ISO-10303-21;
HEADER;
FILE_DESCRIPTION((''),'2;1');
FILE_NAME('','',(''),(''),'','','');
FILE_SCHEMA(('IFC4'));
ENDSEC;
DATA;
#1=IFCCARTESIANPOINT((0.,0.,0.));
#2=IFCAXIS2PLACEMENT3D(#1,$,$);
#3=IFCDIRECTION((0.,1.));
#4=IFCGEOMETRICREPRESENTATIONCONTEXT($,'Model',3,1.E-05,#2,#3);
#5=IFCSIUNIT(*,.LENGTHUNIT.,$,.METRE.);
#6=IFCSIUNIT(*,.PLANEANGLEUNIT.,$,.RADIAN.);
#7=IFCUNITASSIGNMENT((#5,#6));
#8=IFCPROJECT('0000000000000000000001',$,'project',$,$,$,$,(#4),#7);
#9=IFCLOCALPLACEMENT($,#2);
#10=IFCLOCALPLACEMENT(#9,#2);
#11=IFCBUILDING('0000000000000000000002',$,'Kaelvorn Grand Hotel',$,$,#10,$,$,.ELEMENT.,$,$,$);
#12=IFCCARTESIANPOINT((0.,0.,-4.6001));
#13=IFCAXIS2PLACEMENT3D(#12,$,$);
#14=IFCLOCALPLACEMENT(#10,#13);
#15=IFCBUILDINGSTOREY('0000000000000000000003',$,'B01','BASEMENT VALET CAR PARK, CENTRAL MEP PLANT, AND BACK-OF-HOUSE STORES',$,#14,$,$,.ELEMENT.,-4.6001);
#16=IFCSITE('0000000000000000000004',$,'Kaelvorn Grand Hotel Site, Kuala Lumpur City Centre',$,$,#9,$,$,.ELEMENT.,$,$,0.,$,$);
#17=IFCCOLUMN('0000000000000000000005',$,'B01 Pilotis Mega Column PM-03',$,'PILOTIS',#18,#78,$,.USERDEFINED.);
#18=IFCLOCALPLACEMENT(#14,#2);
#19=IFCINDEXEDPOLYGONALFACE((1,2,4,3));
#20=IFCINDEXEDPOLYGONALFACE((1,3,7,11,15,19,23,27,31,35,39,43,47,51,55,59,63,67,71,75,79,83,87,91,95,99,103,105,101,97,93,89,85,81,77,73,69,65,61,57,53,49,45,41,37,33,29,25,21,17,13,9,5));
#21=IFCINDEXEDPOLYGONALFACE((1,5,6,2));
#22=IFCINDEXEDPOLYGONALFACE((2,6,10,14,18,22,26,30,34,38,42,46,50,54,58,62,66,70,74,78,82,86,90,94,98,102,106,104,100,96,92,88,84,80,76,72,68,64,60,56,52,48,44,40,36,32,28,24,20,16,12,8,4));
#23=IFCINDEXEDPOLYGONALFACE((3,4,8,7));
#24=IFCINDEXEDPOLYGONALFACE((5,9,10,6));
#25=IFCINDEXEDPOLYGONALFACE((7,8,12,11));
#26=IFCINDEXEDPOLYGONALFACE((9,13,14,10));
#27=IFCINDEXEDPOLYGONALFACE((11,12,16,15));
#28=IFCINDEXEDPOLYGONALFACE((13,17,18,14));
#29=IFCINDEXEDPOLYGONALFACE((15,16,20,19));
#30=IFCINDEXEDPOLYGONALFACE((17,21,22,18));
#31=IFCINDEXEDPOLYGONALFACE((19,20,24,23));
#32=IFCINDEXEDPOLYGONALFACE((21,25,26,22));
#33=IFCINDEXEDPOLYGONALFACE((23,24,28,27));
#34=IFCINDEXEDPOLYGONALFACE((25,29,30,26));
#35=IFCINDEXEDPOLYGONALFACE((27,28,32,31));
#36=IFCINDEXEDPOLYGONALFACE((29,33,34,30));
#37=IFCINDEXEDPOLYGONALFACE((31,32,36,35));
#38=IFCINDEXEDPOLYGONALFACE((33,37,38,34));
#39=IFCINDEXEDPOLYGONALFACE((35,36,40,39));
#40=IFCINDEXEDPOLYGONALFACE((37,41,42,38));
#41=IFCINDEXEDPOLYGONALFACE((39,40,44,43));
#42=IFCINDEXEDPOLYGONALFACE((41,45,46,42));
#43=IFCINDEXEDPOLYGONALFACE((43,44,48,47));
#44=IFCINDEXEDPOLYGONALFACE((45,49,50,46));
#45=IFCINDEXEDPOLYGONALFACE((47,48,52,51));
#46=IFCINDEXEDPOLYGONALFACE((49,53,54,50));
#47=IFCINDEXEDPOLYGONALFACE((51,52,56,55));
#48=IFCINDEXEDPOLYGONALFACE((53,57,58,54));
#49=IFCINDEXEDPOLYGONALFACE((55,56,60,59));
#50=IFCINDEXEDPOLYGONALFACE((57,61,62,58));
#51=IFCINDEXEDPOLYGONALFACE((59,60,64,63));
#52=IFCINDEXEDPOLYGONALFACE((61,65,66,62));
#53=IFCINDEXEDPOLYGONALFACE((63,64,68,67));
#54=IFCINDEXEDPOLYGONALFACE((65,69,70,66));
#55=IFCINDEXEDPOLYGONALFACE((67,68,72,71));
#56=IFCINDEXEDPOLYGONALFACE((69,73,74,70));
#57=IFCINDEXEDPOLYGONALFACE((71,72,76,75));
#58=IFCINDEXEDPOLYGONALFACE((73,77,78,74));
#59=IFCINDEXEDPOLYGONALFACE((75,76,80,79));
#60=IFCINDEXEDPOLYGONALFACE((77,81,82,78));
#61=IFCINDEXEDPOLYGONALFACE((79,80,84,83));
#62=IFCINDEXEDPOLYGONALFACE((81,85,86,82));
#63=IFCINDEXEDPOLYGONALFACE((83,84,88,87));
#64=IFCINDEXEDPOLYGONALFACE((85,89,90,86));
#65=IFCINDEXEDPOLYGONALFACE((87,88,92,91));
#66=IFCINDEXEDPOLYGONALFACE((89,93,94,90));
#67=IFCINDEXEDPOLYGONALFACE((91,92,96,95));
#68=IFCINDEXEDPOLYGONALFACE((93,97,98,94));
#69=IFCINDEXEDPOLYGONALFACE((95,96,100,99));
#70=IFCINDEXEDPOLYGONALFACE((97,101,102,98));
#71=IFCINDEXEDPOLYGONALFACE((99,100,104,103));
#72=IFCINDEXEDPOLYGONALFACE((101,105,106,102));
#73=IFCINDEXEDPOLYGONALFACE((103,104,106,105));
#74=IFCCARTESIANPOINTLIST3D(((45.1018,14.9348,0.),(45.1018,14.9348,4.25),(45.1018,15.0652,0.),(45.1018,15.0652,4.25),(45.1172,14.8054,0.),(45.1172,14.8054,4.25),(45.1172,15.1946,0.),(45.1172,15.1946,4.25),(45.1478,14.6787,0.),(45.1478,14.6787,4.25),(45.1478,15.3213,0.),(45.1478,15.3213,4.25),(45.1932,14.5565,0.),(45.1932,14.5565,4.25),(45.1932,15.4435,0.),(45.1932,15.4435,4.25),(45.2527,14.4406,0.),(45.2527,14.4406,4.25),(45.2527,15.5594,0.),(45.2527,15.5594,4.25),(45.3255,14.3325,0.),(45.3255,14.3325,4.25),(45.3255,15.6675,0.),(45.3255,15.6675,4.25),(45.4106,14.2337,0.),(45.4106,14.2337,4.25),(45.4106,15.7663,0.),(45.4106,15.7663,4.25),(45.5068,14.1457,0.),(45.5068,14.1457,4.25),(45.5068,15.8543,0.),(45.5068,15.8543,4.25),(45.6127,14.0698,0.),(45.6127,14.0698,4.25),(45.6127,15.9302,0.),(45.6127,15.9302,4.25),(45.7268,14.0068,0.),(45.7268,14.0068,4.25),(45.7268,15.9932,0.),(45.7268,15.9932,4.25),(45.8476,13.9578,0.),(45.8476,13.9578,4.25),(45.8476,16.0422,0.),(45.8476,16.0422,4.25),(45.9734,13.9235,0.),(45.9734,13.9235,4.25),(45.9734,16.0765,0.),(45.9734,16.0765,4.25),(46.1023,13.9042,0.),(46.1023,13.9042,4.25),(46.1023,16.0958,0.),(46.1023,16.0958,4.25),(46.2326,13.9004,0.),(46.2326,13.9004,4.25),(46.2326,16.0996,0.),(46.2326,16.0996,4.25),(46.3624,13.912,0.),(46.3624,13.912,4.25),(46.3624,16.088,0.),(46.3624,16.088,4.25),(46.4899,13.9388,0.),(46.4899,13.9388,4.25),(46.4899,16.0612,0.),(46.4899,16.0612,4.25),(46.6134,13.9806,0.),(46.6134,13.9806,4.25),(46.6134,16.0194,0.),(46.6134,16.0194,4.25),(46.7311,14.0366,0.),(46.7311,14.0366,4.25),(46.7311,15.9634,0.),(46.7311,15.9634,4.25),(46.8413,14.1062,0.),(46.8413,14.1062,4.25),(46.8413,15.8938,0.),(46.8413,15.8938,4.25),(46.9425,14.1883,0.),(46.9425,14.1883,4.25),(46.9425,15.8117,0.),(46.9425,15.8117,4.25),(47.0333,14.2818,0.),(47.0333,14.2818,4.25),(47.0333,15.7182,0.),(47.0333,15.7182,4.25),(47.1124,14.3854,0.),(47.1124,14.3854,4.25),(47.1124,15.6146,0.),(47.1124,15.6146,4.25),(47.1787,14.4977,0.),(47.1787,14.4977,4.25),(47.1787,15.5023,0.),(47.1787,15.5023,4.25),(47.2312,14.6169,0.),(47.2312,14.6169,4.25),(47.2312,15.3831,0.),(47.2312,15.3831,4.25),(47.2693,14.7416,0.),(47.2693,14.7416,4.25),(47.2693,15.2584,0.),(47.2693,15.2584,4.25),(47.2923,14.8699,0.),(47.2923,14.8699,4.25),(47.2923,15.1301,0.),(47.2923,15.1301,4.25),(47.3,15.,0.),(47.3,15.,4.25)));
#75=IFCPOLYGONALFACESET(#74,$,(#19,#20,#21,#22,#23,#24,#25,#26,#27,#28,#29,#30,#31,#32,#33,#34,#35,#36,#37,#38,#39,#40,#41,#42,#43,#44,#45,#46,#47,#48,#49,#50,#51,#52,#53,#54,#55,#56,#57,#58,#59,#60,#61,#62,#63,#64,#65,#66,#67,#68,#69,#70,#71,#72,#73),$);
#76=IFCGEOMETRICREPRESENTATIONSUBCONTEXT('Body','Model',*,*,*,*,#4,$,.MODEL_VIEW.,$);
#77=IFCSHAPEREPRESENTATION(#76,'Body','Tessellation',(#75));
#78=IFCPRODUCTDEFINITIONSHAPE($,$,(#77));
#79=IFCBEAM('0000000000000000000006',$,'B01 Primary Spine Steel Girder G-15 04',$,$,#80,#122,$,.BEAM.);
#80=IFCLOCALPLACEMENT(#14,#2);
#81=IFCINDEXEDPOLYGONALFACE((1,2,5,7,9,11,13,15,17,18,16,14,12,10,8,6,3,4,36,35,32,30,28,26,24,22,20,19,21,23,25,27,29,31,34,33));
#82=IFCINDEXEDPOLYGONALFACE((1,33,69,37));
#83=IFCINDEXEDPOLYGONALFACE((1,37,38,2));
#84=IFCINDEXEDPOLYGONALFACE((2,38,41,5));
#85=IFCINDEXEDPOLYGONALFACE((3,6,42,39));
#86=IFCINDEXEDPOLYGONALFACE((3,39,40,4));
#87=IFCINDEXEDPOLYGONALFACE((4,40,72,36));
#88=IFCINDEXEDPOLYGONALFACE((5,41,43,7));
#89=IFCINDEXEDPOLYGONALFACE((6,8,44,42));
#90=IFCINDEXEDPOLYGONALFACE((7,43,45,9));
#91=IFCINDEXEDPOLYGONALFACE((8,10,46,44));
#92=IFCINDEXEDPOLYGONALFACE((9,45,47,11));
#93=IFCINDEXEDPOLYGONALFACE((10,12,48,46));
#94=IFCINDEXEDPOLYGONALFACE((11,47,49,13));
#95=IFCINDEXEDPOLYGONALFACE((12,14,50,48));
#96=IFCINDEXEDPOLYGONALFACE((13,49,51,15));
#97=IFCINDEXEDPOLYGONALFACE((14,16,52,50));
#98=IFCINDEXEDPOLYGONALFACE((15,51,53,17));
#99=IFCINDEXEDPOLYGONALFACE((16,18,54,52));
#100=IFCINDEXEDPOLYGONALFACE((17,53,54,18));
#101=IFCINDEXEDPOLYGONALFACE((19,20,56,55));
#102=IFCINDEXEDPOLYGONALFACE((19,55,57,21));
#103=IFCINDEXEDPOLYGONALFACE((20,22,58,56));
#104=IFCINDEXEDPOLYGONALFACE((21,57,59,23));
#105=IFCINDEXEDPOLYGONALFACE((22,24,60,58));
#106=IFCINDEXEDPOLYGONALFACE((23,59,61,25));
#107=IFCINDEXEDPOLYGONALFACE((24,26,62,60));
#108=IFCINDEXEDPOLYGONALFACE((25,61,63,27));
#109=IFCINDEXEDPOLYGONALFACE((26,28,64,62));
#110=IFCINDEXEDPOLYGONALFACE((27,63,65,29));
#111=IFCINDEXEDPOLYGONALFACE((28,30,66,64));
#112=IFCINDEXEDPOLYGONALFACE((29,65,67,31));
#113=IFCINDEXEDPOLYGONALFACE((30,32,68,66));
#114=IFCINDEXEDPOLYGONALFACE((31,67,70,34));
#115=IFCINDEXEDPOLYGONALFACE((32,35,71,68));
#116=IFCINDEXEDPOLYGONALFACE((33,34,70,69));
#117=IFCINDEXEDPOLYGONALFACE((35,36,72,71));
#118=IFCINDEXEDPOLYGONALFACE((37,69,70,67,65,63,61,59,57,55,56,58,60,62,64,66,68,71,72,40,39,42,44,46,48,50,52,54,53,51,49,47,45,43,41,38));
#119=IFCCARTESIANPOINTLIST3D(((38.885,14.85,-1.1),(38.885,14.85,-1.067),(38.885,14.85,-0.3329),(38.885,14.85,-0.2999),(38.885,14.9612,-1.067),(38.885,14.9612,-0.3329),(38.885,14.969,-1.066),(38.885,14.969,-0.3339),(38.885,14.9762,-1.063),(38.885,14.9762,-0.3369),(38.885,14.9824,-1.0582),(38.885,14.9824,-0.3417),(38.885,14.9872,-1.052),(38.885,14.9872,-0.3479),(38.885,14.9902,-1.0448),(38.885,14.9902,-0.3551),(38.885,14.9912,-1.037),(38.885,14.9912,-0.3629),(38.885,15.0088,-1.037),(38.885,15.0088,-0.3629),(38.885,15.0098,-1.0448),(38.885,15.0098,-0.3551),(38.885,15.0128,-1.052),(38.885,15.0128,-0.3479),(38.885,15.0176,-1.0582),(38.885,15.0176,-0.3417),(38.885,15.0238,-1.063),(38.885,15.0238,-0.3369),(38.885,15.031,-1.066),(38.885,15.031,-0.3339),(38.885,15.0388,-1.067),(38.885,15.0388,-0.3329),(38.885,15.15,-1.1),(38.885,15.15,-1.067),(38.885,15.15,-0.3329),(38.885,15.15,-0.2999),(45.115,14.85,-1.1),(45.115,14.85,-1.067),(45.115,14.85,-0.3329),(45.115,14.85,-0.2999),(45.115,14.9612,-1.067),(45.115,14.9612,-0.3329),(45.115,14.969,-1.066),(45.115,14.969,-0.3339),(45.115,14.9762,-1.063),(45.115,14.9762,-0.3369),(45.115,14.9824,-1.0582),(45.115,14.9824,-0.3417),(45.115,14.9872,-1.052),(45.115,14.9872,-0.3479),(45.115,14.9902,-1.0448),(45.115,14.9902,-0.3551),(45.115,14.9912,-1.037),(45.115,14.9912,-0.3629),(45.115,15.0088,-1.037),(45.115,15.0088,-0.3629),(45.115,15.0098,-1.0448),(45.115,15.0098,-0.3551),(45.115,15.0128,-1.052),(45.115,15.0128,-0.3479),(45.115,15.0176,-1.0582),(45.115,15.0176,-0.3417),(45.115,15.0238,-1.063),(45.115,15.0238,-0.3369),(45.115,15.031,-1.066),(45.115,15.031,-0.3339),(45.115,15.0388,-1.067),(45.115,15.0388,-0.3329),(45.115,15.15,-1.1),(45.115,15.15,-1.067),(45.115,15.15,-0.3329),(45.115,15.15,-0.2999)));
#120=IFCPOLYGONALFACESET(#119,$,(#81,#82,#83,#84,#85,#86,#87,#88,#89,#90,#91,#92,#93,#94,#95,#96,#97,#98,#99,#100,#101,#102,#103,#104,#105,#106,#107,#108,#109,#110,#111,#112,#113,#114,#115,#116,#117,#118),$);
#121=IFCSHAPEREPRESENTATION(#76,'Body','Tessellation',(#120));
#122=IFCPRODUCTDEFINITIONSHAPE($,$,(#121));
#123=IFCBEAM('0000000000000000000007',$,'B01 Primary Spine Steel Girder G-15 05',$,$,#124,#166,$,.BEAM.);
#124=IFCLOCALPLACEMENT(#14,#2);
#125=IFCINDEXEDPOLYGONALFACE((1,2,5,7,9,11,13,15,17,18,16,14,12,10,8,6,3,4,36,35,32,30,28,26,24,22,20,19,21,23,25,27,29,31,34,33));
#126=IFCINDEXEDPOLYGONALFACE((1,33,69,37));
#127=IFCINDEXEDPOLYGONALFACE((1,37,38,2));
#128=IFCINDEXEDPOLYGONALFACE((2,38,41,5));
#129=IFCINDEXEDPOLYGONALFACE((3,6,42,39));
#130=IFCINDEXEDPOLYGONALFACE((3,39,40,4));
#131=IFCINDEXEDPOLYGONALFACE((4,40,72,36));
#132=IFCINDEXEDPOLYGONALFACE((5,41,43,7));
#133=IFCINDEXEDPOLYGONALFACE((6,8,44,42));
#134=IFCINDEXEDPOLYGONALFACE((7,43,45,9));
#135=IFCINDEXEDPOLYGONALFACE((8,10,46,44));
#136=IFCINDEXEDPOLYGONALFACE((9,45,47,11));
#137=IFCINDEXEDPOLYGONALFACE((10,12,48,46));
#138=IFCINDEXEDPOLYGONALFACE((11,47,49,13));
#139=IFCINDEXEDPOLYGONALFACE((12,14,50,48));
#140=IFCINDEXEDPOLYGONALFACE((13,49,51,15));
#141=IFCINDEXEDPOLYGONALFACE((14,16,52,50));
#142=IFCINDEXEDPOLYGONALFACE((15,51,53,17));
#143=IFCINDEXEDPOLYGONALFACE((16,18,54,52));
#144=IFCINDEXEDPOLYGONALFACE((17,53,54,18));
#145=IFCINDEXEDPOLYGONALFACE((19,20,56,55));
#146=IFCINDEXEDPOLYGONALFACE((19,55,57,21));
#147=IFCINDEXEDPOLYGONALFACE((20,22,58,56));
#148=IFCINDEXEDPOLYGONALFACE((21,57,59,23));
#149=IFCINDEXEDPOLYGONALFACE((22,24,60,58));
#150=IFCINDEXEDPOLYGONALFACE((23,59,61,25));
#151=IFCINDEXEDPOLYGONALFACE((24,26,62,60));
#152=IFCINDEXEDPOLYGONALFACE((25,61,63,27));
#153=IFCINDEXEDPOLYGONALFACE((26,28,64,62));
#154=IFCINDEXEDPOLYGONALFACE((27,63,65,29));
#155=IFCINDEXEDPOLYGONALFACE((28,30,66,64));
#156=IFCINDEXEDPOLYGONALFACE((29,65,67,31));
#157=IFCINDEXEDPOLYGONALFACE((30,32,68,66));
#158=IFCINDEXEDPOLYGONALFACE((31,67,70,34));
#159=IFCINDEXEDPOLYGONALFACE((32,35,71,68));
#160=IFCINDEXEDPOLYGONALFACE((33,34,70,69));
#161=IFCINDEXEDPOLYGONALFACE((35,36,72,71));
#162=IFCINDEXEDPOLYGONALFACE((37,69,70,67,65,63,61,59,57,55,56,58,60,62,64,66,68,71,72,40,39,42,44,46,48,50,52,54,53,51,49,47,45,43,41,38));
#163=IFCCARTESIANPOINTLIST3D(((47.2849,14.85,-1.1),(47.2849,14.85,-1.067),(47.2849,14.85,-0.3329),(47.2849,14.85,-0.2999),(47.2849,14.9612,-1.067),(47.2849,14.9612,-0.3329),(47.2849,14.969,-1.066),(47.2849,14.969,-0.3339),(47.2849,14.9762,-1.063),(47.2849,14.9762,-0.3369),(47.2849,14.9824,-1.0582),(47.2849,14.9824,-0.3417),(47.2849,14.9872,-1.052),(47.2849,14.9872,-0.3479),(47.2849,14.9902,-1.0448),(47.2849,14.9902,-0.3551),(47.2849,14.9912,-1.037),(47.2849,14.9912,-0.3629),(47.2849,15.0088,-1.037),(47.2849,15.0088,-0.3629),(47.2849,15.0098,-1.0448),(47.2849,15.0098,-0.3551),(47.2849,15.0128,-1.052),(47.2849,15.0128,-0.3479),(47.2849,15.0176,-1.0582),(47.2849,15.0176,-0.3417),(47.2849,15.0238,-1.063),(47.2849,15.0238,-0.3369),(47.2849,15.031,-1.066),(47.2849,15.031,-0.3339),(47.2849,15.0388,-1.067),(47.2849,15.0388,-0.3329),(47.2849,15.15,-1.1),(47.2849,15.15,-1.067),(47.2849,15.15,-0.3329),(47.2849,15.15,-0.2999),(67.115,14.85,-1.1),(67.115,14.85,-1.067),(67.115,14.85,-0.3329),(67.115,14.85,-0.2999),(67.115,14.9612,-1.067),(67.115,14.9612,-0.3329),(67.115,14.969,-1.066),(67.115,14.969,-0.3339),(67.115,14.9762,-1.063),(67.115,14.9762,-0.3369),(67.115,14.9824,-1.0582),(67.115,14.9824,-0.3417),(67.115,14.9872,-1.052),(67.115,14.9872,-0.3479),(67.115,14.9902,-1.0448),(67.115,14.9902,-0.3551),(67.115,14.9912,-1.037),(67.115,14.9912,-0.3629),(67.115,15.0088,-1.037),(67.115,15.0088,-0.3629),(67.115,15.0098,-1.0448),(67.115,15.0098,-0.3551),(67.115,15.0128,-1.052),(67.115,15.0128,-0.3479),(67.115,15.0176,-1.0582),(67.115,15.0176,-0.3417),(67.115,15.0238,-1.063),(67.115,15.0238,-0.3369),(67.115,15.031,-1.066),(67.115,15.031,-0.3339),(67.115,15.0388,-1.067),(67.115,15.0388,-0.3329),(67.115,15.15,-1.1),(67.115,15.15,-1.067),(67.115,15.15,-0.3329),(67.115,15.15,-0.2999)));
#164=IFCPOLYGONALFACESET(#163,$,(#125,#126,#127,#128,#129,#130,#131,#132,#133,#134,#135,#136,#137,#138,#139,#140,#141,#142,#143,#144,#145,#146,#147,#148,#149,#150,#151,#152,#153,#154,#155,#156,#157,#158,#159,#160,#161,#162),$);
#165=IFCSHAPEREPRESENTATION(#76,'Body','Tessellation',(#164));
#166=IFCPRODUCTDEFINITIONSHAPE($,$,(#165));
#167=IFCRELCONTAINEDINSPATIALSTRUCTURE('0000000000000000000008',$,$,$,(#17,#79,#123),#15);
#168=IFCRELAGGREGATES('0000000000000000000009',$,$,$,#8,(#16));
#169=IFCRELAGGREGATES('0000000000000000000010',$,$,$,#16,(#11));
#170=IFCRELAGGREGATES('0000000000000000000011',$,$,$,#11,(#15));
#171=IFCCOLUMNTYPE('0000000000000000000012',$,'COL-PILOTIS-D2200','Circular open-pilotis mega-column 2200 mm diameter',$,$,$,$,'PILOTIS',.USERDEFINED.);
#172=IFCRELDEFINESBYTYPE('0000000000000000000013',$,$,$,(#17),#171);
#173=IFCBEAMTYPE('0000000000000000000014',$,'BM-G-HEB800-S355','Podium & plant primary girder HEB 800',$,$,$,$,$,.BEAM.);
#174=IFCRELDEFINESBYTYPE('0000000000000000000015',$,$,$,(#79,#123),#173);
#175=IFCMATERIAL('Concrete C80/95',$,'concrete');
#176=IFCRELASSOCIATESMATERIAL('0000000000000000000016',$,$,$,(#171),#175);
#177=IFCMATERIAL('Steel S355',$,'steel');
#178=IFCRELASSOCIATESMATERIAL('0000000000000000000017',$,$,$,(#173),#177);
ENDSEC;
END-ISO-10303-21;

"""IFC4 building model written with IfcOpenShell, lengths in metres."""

from ifc_helpers import new_model, si_unit, direction, frame, origin, origin_2d, place, context, subcontext, project, spatial, circle, i_section, extrude, material, material_profile, profile_set, type_object, element, save


model = new_model("IFC4")

# Units and contexts
model_context = context("Model", 3, precision=1e-05, world=origin(), true_north=direction((0.0, 1.0)))
body_context = subcontext(model_context, "Body", "Model", "MODEL_VIEW")
ifc_project = project(units=[si_unit("LENGTHUNIT", "METRE"), si_unit("PLANEANGLEUNIT", "RADIAN")], contexts=[model_context])

# Site, building, storey
site_placement = place(None, origin())
site = spatial("IfcSite", under=ifc_project, at=site_placement, Name="Kaelvorn Grand Hotel Site, Kuala Lumpur City Centre", CompositionType="ELEMENT", RefElevation=0.0)
building_placement = place(site_placement, origin())
building = spatial("IfcBuilding", under=site, at=building_placement, Name="Kaelvorn Grand Hotel", CompositionType="ELEMENT")
storey_placement = place(building_placement, frame((0.0, 0.0, -4.6001)))
storey = spatial("IfcBuildingStorey", under=building, at=storey_placement, Name="B01", Description="BASEMENT VALET CAR PARK, CENTRAL MEP PLANT, AND BACK-OF-HOUSE STORES", CompositionType="ELEMENT", Elevation=-4.6001)

# Column
ifc_material_1 = material(Name="Concrete C80/95", Category="concrete")
ifc_material_profile_1 = material_profile(ifc_material_1, circle(Radius=1.1001, at=origin_2d()), Name="PILOTIS D2200")
ifc_profile_set_1 = profile_set([ifc_material_profile_1], Name="Concrete C80/95")
column_type_1 = type_object("IfcColumnType", Name="COL-PILOTIS-D2200", Description="Circular open-pilotis mega-column 2200 mm diameter", ElementType="PILOTIS", PredefinedType="USERDEFINED", material=ifc_profile_set_1)
for number, where, z_axis, x_axis, name in (
    (1, (46.2, 15.0, 0.0), (0.0, 0.0, 1.0), (1.0, 0.0, 0.0), "B01 Pilotis Mega Column PM-03"),
):
    element("IfcColumn", number, at=place(storey_placement, frame(where, z_axis=z_axis, x_axis=x_axis)), inside=storey, type_object=column_type_1, Name=name, ObjectType="PILOTIS", PredefinedType="USERDEFINED", context=body_context, shape_type="SweptSolid", body=[
        extrude(circle(Radius=1.1001, at=origin_2d()), origin(), (0.0, 0.0, 1.0), 4.25),
    ])

# Beams
ifc_material_2 = material(Name="Steel S355", Category="steel")
ifc_material_profile_2 = material_profile(ifc_material_2, i_section(OverallWidth=0.3, OverallDepth=0.8, WebThickness=0.0176, FlangeThickness=0.033, FilletRadius=0.03, at=origin_2d()), Name="HEB 800")
ifc_profile_set_2 = profile_set([ifc_material_profile_2], Name="Steel S355")
beam_type_1 = type_object("IfcBeamType", Name="BM-G-HEB800-S355", Description="Podium & plant primary girder HEB 800", PredefinedType="BEAM", material=ifc_profile_set_2)
beam_1_placement = place(storey_placement, frame((38.885, 15.0, -0.7), z_axis=(1.0, 0.0, 0.0), x_axis=(0.0, 1.0, 0.0)))
element("IfcBeam", 2, at=beam_1_placement, inside=storey, type_object=beam_type_1, Name="B01 Primary Spine Steel Girder G-15 04", PredefinedType="BEAM", context=body_context, shape_type="SweptSolid", body=[
    extrude(i_section(OverallWidth=0.3, OverallDepth=0.8, WebThickness=0.0176, FlangeThickness=0.033, FilletRadius=0.03, at=origin_2d()), origin(), (0.0, 0.0, 1.0), 6.23),
])
beam_2_placement = place(storey_placement, frame((47.2849, 15.0, -0.7), z_axis=(1.0, 0.0, 0.0), x_axis=(0.0, 1.0, 0.0)))
element("IfcBeam", 3, at=beam_2_placement, inside=storey, type_object=beam_type_1, Name="B01 Primary Spine Steel Girder G-15 05", PredefinedType="BEAM", context=body_context, shape_type="SweptSolid", body=[
    extrude(i_section(OverallWidth=0.3, OverallDepth=0.8, WebThickness=0.0176, FlangeThickness=0.033, FilletRadius=0.03, at=origin_2d()), origin(), (0.0, 0.0, 1.0), 19.8301),
])

save(model, "model.ifc")
